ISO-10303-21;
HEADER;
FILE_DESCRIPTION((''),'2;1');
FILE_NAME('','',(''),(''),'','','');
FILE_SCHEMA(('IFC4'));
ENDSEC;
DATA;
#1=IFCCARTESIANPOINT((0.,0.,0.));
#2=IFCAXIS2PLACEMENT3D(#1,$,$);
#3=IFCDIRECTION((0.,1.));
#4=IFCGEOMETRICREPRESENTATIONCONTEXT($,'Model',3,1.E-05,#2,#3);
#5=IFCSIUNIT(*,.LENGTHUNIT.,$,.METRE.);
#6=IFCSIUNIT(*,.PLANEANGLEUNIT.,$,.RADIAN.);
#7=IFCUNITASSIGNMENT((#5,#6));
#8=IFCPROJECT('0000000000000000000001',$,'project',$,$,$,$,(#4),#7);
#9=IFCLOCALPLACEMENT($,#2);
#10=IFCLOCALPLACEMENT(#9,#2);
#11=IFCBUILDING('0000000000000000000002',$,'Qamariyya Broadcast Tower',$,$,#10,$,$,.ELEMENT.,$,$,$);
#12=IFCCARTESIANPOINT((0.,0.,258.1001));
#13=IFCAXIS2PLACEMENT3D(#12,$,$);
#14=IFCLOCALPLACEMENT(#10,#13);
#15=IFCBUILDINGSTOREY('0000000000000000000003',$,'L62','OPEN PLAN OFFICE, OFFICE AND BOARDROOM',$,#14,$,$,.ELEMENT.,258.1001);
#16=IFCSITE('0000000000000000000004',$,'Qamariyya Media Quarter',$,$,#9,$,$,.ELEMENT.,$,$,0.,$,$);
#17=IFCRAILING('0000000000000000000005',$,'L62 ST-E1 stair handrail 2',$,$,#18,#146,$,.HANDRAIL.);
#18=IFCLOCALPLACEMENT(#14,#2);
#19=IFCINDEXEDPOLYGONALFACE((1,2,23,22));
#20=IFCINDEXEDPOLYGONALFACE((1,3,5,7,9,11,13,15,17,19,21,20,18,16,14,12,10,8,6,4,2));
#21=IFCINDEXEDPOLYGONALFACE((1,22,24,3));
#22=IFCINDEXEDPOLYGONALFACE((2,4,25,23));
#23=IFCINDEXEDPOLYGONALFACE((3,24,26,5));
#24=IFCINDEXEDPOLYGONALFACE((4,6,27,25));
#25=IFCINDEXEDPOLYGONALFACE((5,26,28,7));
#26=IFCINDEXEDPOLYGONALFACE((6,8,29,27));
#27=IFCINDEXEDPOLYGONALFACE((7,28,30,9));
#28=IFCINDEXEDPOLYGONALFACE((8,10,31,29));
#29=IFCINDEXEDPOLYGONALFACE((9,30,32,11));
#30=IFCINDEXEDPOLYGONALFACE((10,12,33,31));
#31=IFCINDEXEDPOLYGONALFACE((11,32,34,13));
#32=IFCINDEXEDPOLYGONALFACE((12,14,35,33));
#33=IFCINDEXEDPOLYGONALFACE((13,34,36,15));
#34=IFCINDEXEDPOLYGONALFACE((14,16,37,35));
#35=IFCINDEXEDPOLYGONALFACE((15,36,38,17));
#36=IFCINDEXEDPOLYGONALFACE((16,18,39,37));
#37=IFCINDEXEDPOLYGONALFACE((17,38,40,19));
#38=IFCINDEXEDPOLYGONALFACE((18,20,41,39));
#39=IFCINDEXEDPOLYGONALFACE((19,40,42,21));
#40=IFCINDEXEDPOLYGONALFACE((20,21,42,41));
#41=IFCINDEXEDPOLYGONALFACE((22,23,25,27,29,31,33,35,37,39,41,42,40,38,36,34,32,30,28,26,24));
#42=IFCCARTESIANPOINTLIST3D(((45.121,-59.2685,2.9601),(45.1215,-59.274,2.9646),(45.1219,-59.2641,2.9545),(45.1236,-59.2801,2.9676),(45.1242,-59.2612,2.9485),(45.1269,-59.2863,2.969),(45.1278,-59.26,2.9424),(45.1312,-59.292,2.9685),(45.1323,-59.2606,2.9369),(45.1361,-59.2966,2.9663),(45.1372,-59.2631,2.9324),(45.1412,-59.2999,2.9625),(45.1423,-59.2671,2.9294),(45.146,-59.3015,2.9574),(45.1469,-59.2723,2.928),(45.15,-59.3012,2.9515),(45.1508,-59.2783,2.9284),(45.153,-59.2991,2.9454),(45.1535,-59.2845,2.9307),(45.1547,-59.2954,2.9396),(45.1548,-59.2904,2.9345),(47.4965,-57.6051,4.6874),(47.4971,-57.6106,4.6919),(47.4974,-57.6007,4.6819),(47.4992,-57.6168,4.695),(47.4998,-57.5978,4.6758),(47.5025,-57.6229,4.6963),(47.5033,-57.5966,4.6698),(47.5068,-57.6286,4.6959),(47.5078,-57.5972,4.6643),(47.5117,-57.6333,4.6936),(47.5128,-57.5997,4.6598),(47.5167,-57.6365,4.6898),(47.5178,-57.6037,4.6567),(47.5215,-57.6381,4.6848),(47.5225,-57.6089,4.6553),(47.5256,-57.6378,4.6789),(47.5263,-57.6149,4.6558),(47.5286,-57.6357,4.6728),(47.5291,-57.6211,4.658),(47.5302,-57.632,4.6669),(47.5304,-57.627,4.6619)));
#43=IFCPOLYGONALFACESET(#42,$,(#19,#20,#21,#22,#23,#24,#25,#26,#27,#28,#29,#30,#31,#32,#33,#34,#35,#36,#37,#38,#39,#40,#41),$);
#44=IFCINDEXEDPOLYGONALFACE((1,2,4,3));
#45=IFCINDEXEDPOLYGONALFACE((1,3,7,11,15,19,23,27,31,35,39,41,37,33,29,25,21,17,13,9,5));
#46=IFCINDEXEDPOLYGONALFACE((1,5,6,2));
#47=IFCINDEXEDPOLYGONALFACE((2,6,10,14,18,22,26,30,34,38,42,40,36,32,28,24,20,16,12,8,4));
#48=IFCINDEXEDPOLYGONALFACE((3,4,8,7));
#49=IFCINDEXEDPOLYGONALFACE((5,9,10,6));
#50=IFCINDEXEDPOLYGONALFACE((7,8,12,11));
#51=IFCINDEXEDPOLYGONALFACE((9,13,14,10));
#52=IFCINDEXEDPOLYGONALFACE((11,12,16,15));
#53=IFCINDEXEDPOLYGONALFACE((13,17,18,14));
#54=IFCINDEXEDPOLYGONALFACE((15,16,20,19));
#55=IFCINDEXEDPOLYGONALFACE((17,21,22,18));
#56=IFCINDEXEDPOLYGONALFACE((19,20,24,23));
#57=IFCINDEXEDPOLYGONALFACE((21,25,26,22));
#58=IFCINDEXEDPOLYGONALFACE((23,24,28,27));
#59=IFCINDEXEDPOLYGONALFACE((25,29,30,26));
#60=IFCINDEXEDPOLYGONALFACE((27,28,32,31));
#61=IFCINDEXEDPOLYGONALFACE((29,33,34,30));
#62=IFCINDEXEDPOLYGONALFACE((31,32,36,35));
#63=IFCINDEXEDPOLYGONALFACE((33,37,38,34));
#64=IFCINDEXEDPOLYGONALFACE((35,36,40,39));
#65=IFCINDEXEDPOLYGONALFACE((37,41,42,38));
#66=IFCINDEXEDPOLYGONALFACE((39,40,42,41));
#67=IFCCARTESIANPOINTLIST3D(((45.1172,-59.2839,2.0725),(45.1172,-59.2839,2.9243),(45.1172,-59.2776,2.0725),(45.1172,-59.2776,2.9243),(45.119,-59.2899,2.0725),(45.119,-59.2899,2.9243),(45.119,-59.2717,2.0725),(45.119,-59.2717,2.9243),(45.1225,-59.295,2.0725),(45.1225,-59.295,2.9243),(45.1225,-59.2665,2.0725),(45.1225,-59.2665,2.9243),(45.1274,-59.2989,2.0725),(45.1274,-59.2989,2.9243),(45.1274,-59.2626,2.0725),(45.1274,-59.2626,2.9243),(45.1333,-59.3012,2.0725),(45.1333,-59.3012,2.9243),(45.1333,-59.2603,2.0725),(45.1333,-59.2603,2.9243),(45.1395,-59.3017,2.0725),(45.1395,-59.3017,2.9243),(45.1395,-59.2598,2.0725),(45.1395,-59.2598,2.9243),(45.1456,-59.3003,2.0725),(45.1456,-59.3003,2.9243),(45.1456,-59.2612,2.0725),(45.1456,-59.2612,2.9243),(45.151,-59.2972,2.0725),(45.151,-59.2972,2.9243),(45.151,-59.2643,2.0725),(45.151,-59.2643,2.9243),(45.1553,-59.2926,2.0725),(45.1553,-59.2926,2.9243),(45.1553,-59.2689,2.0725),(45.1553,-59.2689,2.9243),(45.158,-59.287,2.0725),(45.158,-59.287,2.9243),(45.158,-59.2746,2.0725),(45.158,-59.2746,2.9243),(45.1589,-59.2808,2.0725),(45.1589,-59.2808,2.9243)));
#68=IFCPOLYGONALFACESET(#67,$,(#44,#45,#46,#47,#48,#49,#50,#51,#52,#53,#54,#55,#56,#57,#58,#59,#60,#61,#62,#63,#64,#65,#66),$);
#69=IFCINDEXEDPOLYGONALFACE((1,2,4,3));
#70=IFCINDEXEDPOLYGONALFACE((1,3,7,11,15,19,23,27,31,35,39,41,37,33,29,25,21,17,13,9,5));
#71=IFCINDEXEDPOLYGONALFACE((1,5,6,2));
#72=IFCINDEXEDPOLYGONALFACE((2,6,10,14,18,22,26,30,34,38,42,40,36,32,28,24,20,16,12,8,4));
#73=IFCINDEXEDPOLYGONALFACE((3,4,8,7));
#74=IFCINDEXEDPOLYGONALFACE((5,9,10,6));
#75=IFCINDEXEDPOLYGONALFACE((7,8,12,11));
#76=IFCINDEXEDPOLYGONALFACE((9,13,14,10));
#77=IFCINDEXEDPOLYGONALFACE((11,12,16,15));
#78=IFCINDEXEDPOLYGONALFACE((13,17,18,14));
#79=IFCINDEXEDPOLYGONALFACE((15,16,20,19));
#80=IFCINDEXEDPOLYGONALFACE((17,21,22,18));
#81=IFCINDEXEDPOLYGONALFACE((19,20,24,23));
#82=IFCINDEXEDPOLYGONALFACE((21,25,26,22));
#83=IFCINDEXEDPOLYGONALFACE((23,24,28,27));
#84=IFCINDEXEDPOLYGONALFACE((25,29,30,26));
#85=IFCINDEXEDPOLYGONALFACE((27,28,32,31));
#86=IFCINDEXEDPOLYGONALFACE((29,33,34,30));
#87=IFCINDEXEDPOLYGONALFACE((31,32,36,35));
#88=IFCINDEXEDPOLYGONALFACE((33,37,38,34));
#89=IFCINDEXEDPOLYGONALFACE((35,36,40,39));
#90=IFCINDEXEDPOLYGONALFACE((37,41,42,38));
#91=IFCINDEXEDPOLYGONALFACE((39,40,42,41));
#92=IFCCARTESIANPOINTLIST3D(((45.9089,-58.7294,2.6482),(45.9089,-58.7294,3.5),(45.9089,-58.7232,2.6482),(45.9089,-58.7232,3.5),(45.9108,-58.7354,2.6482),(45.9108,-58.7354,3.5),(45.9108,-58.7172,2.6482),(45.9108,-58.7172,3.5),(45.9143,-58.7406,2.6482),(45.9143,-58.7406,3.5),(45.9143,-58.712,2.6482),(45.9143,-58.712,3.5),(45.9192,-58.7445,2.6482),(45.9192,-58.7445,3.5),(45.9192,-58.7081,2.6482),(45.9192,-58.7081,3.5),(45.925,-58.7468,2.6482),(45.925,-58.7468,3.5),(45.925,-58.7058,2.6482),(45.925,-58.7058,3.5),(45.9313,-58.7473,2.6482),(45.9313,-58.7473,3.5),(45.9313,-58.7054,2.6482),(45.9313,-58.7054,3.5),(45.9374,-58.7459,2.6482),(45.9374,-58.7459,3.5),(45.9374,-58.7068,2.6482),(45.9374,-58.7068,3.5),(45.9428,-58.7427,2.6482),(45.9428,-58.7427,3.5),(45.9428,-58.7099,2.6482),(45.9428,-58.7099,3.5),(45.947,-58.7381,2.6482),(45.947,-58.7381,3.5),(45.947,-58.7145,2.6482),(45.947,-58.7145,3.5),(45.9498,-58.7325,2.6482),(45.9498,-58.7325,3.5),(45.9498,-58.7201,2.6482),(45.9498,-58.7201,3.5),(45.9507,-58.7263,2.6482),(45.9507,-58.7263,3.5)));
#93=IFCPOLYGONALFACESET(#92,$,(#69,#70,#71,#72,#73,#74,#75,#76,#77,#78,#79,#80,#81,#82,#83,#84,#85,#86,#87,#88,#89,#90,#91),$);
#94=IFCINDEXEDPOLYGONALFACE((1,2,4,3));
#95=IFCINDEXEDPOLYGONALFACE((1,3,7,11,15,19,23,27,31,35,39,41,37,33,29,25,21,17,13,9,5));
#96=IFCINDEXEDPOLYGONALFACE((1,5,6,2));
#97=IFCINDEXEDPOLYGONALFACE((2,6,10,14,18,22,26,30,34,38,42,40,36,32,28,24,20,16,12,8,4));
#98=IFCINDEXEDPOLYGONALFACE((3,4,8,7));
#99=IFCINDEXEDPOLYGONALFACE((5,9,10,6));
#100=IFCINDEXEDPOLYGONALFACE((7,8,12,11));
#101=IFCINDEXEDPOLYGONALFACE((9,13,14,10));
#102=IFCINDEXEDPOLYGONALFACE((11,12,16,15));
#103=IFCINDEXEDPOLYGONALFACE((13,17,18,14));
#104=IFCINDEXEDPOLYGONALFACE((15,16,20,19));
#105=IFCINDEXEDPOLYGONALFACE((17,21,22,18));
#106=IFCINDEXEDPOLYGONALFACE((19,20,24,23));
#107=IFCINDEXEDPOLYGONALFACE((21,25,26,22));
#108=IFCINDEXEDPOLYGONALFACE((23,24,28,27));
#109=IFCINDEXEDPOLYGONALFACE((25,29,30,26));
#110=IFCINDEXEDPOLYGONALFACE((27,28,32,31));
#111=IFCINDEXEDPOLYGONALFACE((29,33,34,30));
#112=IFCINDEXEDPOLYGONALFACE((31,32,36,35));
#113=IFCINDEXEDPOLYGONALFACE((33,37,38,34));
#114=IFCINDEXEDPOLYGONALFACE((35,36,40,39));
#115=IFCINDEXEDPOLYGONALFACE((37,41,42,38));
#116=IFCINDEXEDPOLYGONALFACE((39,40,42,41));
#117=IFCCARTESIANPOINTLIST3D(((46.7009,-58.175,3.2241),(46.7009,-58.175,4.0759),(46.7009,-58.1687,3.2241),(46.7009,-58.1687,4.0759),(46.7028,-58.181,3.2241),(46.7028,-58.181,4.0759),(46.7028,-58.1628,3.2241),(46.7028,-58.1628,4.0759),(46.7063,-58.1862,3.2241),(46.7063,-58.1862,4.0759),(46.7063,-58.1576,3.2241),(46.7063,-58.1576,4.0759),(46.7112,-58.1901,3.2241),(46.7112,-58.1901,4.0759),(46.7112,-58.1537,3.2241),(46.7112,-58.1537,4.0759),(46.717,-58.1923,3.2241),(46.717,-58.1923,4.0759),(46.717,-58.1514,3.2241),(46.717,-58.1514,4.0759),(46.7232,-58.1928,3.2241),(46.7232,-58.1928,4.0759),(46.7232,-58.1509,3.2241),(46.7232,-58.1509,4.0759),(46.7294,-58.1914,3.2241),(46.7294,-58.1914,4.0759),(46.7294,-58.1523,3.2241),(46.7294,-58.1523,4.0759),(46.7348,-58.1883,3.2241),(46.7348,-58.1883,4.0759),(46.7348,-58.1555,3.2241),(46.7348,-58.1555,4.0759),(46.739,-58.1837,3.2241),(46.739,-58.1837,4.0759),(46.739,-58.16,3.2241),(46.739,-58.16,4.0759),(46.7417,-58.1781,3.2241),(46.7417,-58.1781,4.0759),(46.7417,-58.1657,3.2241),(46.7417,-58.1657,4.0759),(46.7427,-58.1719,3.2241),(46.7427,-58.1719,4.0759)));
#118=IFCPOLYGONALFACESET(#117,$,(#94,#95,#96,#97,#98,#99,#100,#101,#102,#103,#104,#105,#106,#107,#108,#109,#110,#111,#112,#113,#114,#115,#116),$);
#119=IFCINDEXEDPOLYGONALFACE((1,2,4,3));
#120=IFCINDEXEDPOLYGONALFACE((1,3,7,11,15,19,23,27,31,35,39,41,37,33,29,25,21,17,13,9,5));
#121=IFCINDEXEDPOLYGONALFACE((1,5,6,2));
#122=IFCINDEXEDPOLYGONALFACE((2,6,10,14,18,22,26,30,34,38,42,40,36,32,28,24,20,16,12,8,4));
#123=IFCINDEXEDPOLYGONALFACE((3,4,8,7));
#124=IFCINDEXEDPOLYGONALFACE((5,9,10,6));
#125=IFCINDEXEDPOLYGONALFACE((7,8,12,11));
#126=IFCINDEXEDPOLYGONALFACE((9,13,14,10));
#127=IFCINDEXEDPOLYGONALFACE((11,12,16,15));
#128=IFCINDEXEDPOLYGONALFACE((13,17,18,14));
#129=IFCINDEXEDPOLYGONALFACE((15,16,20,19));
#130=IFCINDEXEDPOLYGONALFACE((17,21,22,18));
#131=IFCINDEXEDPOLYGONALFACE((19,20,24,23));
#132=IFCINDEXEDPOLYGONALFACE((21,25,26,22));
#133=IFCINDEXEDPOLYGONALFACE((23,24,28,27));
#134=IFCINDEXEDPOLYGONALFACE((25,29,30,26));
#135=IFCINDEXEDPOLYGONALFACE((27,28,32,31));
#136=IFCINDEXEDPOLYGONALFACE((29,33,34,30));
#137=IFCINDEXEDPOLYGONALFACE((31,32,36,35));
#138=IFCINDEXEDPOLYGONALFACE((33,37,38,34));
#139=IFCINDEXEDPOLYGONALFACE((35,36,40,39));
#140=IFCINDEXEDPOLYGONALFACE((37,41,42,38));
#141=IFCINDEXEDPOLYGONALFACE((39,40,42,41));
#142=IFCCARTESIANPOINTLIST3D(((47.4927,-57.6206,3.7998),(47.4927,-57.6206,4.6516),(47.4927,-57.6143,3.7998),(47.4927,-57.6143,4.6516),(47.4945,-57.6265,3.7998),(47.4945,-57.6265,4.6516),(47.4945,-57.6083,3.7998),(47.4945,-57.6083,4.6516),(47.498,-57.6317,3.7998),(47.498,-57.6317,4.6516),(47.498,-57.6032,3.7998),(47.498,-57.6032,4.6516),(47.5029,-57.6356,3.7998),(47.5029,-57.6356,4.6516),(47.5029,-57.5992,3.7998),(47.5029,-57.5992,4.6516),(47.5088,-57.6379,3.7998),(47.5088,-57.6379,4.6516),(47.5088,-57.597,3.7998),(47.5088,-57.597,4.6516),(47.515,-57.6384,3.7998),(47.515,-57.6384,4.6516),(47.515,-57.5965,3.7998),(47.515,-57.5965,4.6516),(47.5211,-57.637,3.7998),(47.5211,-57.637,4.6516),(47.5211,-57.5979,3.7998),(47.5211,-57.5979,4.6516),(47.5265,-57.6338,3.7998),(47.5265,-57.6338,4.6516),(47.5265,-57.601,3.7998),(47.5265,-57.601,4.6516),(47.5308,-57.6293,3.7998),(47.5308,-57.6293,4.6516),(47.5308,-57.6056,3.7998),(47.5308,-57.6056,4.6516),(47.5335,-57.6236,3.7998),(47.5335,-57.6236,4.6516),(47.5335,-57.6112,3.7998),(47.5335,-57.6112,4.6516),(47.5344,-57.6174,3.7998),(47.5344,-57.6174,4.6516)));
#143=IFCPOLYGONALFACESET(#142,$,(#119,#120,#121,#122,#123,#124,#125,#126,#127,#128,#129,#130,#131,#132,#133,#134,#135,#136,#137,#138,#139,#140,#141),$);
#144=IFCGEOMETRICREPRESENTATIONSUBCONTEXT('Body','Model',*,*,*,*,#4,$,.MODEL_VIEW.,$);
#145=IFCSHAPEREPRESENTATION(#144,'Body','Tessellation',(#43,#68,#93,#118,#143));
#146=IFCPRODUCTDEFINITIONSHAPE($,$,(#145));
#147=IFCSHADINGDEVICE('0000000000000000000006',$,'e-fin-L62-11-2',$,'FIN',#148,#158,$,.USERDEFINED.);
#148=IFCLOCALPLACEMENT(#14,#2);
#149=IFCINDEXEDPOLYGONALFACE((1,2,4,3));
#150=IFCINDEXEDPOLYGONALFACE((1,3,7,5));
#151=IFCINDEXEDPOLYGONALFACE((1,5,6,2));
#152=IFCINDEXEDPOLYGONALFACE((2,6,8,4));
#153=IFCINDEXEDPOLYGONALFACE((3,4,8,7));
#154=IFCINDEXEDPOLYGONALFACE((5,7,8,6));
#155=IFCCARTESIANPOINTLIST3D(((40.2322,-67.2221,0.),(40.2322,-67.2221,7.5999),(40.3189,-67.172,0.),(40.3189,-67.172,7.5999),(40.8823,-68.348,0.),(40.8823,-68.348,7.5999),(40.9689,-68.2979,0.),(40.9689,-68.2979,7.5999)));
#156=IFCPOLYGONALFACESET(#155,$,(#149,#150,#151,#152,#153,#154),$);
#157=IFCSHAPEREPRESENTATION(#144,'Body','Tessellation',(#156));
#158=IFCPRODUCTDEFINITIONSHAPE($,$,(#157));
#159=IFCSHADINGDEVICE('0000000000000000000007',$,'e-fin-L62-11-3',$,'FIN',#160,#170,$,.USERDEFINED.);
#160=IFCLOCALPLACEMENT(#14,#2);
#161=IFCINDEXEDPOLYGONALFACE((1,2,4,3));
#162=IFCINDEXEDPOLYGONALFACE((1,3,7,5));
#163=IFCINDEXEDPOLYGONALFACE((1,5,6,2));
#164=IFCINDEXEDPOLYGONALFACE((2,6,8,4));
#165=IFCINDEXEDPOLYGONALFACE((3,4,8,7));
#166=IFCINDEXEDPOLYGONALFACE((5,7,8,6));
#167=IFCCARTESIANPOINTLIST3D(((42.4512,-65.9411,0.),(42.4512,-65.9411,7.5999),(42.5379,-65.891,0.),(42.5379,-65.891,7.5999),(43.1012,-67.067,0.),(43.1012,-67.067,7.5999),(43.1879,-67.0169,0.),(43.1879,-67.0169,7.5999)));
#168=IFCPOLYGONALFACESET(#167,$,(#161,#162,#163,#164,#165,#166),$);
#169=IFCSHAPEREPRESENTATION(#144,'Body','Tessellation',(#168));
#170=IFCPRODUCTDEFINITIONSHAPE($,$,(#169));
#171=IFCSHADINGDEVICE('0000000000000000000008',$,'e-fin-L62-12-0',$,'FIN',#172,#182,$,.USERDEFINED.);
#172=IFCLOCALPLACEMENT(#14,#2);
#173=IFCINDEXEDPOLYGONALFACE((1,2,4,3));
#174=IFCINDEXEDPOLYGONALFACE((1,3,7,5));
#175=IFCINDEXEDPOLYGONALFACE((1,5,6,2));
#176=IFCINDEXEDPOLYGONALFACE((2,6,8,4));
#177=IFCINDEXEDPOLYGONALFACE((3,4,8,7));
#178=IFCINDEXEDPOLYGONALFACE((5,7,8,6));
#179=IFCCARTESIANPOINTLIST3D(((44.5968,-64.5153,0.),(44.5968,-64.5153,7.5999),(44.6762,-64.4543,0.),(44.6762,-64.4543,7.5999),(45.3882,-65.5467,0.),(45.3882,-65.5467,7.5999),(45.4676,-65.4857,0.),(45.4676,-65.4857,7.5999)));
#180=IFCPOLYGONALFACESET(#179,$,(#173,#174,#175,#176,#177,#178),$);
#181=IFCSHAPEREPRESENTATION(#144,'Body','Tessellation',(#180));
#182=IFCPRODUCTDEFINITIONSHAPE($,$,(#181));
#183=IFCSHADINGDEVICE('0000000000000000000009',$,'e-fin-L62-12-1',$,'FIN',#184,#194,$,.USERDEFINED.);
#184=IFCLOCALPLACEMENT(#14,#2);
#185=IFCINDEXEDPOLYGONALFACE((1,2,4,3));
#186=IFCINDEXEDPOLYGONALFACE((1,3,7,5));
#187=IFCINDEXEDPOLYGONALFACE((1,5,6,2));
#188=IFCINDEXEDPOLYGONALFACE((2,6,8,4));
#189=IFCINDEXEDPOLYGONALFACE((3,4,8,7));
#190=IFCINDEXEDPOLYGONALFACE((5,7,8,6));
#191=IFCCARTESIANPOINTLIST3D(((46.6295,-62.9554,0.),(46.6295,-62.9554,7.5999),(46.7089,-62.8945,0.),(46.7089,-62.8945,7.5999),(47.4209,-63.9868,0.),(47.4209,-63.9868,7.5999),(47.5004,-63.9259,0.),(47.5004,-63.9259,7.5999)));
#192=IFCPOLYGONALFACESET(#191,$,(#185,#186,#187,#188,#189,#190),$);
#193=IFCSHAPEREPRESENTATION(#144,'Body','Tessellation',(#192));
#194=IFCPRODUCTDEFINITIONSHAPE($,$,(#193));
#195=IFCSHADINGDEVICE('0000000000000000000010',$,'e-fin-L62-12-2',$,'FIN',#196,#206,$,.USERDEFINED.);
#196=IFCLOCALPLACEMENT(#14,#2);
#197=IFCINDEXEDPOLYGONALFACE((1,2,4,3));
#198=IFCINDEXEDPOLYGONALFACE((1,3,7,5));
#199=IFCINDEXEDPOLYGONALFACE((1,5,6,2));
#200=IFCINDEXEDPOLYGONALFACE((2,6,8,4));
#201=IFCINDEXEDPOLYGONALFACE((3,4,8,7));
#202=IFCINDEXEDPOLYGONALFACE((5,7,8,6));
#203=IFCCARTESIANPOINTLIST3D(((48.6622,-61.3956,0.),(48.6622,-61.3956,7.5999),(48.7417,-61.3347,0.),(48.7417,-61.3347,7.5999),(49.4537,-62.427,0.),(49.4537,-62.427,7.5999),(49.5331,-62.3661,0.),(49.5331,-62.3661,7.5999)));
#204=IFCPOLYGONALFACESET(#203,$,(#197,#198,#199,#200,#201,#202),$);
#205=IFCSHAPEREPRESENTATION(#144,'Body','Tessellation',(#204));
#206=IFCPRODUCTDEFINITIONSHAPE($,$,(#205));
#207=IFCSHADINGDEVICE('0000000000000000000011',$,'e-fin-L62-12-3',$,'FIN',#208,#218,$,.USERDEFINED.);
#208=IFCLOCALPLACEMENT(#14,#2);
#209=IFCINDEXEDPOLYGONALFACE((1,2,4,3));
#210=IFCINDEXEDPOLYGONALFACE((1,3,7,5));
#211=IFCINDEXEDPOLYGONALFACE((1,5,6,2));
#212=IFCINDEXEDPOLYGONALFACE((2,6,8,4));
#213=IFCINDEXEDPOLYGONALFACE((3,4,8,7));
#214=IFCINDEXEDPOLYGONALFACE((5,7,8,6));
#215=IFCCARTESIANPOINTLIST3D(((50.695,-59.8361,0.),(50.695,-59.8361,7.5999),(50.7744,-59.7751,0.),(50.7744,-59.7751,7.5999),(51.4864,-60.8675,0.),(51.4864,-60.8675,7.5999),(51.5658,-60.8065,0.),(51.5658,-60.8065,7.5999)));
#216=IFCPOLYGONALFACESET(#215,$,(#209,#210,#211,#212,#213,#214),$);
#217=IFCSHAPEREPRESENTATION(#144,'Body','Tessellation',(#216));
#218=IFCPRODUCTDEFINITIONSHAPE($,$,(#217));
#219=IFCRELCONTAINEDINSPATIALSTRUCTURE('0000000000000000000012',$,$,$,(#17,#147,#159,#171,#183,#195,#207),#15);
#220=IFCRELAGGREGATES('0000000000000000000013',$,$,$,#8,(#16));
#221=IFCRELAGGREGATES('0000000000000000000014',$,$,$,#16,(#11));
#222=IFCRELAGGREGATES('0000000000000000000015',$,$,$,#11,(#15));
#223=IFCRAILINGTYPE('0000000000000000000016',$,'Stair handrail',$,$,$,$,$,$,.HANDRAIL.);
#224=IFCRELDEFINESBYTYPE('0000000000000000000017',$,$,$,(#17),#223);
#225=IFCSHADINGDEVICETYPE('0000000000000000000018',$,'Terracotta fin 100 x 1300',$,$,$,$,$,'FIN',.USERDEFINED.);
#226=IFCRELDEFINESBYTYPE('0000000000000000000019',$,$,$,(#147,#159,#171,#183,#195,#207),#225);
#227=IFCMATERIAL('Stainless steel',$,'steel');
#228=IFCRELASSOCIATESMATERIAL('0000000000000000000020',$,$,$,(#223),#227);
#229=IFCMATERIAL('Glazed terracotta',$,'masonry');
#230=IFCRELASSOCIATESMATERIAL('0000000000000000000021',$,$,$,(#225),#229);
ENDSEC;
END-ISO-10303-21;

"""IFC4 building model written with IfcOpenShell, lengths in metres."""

from ifc_helpers import new_model, si_unit, direction, frame, origin, origin_2d, place, context, subcontext, project, spatial, rectangle, circle, extrude, material, material_profile, profile_set, type_object, element, save


model = new_model("IFC4")

# Units and contexts
model_context = context("Model", 3, precision=1e-05, world=origin(), true_north=direction((0.0, 1.0)))
body_context = subcontext(model_context, "Body", "Model", "MODEL_VIEW")
ifc_project = project(units=[si_unit("LENGTHUNIT", "METRE"), si_unit("PLANEANGLEUNIT", "RADIAN")], contexts=[model_context])

# Site, building, storey
site_placement = place(None, origin())
site = spatial("IfcSite", under=ifc_project, at=site_placement, Name="Qamariyya Media Quarter", CompositionType="ELEMENT", RefElevation=0.0)
building_placement = place(site_placement, origin())
building = spatial("IfcBuilding", under=site, at=building_placement, Name="Qamariyya Broadcast Tower", CompositionType="ELEMENT")
storey_placement = place(building_placement, frame((0.0, 0.0, 258.1001)))
storey = spatial("IfcBuildingStorey", under=building, at=storey_placement, Name="L62", Description="OPEN PLAN OFFICE, OFFICE AND BOARDROOM", CompositionType="ELEMENT", Elevation=258.1001)

# Railing
ifc_material_1 = material(Name="Stainless steel", Category="steel")
railing_type_1 = type_object("IfcRailingType", Name="Stair handrail", PredefinedType="HANDRAIL", material=ifc_material_1)
railing_1_placement = place(storey_placement, frame((45.1379, -59.2808, 2.0725)))
element("IfcRailing", 1, at=railing_1_placement, inside=storey, type_object=railing_type_1, Name="L62 ST-E1 stair handrail 2", PredefinedType="HANDRAIL", context=body_context, shape_type="SweptSolid", body=[
    extrude(circle(Radius=0.0239, at=origin_2d()), frame((0.0, 0.0, 0.876), z_axis=(0.70377, 0.492784, 0.511734), x_axis=(-0.573575, 0.819153, 0.0)), (0.0, 0.0, 1.0), 3.3755),
    extrude(circle(Radius=0.021, at=origin_2d()), origin(), (0.0, 0.0, 1.0), 0.8518),
    extrude(circle(Radius=0.021, at=origin_2d()), frame((0.7917, 0.5544, 0.5757)), (0.0, 0.0, 1.0), 0.8518),
    extrude(circle(Radius=0.021, at=origin_2d()), frame((1.5837, 1.1089, 1.1516)), (0.0, 0.0, 1.0), 0.8518),
    extrude(circle(Radius=0.021, at=origin_2d()), frame((2.3755, 1.6633, 1.7273)), (0.0, 0.0, 1.0), 0.8518),
])

# Shading devices
ifc_material_2 = material(Name="Glazed terracotta", Category="masonry")
ifc_material_profile_1 = material_profile(ifc_material_2, rectangle(XDim=1.3, YDim=0.1001, at=origin_2d()))
ifc_profile_set_1 = profile_set([ifc_material_profile_1], Name="Glazed terracotta")
shading_device_type_1 = type_object("IfcShadingDeviceType", Name="Terracotta fin 100 x 1300", ElementType="FIN", PredefinedType="USERDEFINED", material=ifc_profile_set_1)
for number, where, z_axis, x_axis, name in (
    (2, (40.6006, -67.76, 0.0), (0.0, 0.0, 1.0), (0.5, -0.866025, 0.0), "e-fin-L62-11-2"),
    (3, (42.8196, -66.479, 0.0), (0.0, 0.0, 1.0), (0.5, -0.866025, 0.0), "e-fin-L62-11-3"),
    (4, (45.0322, -65.0005, 0.0), (0.0, 0.0, 1.0), (0.608761, -0.793353, 0.0), "e-fin-L62-12-0"),
    (5, (47.0649, -63.4407, 0.0), (0.0, 0.0, 1.0), (0.608761, -0.793353, 0.0), "e-fin-L62-12-1"),
    (6, (49.0977, -61.8809, 0.0), (0.0, 0.0, 1.0), (0.608761, -0.793353, 0.0), "e-fin-L62-12-2"),
    (7, (51.1304, -60.3213, 0.0), (0.0, 0.0, 1.0), (0.608761, -0.793353, 0.0), "e-fin-L62-12-3"),
):
    element("IfcShadingDevice", number, at=place(storey_placement, frame(where, z_axis=z_axis, x_axis=x_axis)), inside=storey, type_object=shading_device_type_1, Name=name, ObjectType="FIN", PredefinedType="USERDEFINED", context=body_context, shape_type="SweptSolid", body=[
        extrude(rectangle(XDim=1.3, YDim=0.1001, at=origin_2d()), origin(), (0.0, 0.0, 1.0), 7.5999),
    ])

save(model, "model.ifc")
